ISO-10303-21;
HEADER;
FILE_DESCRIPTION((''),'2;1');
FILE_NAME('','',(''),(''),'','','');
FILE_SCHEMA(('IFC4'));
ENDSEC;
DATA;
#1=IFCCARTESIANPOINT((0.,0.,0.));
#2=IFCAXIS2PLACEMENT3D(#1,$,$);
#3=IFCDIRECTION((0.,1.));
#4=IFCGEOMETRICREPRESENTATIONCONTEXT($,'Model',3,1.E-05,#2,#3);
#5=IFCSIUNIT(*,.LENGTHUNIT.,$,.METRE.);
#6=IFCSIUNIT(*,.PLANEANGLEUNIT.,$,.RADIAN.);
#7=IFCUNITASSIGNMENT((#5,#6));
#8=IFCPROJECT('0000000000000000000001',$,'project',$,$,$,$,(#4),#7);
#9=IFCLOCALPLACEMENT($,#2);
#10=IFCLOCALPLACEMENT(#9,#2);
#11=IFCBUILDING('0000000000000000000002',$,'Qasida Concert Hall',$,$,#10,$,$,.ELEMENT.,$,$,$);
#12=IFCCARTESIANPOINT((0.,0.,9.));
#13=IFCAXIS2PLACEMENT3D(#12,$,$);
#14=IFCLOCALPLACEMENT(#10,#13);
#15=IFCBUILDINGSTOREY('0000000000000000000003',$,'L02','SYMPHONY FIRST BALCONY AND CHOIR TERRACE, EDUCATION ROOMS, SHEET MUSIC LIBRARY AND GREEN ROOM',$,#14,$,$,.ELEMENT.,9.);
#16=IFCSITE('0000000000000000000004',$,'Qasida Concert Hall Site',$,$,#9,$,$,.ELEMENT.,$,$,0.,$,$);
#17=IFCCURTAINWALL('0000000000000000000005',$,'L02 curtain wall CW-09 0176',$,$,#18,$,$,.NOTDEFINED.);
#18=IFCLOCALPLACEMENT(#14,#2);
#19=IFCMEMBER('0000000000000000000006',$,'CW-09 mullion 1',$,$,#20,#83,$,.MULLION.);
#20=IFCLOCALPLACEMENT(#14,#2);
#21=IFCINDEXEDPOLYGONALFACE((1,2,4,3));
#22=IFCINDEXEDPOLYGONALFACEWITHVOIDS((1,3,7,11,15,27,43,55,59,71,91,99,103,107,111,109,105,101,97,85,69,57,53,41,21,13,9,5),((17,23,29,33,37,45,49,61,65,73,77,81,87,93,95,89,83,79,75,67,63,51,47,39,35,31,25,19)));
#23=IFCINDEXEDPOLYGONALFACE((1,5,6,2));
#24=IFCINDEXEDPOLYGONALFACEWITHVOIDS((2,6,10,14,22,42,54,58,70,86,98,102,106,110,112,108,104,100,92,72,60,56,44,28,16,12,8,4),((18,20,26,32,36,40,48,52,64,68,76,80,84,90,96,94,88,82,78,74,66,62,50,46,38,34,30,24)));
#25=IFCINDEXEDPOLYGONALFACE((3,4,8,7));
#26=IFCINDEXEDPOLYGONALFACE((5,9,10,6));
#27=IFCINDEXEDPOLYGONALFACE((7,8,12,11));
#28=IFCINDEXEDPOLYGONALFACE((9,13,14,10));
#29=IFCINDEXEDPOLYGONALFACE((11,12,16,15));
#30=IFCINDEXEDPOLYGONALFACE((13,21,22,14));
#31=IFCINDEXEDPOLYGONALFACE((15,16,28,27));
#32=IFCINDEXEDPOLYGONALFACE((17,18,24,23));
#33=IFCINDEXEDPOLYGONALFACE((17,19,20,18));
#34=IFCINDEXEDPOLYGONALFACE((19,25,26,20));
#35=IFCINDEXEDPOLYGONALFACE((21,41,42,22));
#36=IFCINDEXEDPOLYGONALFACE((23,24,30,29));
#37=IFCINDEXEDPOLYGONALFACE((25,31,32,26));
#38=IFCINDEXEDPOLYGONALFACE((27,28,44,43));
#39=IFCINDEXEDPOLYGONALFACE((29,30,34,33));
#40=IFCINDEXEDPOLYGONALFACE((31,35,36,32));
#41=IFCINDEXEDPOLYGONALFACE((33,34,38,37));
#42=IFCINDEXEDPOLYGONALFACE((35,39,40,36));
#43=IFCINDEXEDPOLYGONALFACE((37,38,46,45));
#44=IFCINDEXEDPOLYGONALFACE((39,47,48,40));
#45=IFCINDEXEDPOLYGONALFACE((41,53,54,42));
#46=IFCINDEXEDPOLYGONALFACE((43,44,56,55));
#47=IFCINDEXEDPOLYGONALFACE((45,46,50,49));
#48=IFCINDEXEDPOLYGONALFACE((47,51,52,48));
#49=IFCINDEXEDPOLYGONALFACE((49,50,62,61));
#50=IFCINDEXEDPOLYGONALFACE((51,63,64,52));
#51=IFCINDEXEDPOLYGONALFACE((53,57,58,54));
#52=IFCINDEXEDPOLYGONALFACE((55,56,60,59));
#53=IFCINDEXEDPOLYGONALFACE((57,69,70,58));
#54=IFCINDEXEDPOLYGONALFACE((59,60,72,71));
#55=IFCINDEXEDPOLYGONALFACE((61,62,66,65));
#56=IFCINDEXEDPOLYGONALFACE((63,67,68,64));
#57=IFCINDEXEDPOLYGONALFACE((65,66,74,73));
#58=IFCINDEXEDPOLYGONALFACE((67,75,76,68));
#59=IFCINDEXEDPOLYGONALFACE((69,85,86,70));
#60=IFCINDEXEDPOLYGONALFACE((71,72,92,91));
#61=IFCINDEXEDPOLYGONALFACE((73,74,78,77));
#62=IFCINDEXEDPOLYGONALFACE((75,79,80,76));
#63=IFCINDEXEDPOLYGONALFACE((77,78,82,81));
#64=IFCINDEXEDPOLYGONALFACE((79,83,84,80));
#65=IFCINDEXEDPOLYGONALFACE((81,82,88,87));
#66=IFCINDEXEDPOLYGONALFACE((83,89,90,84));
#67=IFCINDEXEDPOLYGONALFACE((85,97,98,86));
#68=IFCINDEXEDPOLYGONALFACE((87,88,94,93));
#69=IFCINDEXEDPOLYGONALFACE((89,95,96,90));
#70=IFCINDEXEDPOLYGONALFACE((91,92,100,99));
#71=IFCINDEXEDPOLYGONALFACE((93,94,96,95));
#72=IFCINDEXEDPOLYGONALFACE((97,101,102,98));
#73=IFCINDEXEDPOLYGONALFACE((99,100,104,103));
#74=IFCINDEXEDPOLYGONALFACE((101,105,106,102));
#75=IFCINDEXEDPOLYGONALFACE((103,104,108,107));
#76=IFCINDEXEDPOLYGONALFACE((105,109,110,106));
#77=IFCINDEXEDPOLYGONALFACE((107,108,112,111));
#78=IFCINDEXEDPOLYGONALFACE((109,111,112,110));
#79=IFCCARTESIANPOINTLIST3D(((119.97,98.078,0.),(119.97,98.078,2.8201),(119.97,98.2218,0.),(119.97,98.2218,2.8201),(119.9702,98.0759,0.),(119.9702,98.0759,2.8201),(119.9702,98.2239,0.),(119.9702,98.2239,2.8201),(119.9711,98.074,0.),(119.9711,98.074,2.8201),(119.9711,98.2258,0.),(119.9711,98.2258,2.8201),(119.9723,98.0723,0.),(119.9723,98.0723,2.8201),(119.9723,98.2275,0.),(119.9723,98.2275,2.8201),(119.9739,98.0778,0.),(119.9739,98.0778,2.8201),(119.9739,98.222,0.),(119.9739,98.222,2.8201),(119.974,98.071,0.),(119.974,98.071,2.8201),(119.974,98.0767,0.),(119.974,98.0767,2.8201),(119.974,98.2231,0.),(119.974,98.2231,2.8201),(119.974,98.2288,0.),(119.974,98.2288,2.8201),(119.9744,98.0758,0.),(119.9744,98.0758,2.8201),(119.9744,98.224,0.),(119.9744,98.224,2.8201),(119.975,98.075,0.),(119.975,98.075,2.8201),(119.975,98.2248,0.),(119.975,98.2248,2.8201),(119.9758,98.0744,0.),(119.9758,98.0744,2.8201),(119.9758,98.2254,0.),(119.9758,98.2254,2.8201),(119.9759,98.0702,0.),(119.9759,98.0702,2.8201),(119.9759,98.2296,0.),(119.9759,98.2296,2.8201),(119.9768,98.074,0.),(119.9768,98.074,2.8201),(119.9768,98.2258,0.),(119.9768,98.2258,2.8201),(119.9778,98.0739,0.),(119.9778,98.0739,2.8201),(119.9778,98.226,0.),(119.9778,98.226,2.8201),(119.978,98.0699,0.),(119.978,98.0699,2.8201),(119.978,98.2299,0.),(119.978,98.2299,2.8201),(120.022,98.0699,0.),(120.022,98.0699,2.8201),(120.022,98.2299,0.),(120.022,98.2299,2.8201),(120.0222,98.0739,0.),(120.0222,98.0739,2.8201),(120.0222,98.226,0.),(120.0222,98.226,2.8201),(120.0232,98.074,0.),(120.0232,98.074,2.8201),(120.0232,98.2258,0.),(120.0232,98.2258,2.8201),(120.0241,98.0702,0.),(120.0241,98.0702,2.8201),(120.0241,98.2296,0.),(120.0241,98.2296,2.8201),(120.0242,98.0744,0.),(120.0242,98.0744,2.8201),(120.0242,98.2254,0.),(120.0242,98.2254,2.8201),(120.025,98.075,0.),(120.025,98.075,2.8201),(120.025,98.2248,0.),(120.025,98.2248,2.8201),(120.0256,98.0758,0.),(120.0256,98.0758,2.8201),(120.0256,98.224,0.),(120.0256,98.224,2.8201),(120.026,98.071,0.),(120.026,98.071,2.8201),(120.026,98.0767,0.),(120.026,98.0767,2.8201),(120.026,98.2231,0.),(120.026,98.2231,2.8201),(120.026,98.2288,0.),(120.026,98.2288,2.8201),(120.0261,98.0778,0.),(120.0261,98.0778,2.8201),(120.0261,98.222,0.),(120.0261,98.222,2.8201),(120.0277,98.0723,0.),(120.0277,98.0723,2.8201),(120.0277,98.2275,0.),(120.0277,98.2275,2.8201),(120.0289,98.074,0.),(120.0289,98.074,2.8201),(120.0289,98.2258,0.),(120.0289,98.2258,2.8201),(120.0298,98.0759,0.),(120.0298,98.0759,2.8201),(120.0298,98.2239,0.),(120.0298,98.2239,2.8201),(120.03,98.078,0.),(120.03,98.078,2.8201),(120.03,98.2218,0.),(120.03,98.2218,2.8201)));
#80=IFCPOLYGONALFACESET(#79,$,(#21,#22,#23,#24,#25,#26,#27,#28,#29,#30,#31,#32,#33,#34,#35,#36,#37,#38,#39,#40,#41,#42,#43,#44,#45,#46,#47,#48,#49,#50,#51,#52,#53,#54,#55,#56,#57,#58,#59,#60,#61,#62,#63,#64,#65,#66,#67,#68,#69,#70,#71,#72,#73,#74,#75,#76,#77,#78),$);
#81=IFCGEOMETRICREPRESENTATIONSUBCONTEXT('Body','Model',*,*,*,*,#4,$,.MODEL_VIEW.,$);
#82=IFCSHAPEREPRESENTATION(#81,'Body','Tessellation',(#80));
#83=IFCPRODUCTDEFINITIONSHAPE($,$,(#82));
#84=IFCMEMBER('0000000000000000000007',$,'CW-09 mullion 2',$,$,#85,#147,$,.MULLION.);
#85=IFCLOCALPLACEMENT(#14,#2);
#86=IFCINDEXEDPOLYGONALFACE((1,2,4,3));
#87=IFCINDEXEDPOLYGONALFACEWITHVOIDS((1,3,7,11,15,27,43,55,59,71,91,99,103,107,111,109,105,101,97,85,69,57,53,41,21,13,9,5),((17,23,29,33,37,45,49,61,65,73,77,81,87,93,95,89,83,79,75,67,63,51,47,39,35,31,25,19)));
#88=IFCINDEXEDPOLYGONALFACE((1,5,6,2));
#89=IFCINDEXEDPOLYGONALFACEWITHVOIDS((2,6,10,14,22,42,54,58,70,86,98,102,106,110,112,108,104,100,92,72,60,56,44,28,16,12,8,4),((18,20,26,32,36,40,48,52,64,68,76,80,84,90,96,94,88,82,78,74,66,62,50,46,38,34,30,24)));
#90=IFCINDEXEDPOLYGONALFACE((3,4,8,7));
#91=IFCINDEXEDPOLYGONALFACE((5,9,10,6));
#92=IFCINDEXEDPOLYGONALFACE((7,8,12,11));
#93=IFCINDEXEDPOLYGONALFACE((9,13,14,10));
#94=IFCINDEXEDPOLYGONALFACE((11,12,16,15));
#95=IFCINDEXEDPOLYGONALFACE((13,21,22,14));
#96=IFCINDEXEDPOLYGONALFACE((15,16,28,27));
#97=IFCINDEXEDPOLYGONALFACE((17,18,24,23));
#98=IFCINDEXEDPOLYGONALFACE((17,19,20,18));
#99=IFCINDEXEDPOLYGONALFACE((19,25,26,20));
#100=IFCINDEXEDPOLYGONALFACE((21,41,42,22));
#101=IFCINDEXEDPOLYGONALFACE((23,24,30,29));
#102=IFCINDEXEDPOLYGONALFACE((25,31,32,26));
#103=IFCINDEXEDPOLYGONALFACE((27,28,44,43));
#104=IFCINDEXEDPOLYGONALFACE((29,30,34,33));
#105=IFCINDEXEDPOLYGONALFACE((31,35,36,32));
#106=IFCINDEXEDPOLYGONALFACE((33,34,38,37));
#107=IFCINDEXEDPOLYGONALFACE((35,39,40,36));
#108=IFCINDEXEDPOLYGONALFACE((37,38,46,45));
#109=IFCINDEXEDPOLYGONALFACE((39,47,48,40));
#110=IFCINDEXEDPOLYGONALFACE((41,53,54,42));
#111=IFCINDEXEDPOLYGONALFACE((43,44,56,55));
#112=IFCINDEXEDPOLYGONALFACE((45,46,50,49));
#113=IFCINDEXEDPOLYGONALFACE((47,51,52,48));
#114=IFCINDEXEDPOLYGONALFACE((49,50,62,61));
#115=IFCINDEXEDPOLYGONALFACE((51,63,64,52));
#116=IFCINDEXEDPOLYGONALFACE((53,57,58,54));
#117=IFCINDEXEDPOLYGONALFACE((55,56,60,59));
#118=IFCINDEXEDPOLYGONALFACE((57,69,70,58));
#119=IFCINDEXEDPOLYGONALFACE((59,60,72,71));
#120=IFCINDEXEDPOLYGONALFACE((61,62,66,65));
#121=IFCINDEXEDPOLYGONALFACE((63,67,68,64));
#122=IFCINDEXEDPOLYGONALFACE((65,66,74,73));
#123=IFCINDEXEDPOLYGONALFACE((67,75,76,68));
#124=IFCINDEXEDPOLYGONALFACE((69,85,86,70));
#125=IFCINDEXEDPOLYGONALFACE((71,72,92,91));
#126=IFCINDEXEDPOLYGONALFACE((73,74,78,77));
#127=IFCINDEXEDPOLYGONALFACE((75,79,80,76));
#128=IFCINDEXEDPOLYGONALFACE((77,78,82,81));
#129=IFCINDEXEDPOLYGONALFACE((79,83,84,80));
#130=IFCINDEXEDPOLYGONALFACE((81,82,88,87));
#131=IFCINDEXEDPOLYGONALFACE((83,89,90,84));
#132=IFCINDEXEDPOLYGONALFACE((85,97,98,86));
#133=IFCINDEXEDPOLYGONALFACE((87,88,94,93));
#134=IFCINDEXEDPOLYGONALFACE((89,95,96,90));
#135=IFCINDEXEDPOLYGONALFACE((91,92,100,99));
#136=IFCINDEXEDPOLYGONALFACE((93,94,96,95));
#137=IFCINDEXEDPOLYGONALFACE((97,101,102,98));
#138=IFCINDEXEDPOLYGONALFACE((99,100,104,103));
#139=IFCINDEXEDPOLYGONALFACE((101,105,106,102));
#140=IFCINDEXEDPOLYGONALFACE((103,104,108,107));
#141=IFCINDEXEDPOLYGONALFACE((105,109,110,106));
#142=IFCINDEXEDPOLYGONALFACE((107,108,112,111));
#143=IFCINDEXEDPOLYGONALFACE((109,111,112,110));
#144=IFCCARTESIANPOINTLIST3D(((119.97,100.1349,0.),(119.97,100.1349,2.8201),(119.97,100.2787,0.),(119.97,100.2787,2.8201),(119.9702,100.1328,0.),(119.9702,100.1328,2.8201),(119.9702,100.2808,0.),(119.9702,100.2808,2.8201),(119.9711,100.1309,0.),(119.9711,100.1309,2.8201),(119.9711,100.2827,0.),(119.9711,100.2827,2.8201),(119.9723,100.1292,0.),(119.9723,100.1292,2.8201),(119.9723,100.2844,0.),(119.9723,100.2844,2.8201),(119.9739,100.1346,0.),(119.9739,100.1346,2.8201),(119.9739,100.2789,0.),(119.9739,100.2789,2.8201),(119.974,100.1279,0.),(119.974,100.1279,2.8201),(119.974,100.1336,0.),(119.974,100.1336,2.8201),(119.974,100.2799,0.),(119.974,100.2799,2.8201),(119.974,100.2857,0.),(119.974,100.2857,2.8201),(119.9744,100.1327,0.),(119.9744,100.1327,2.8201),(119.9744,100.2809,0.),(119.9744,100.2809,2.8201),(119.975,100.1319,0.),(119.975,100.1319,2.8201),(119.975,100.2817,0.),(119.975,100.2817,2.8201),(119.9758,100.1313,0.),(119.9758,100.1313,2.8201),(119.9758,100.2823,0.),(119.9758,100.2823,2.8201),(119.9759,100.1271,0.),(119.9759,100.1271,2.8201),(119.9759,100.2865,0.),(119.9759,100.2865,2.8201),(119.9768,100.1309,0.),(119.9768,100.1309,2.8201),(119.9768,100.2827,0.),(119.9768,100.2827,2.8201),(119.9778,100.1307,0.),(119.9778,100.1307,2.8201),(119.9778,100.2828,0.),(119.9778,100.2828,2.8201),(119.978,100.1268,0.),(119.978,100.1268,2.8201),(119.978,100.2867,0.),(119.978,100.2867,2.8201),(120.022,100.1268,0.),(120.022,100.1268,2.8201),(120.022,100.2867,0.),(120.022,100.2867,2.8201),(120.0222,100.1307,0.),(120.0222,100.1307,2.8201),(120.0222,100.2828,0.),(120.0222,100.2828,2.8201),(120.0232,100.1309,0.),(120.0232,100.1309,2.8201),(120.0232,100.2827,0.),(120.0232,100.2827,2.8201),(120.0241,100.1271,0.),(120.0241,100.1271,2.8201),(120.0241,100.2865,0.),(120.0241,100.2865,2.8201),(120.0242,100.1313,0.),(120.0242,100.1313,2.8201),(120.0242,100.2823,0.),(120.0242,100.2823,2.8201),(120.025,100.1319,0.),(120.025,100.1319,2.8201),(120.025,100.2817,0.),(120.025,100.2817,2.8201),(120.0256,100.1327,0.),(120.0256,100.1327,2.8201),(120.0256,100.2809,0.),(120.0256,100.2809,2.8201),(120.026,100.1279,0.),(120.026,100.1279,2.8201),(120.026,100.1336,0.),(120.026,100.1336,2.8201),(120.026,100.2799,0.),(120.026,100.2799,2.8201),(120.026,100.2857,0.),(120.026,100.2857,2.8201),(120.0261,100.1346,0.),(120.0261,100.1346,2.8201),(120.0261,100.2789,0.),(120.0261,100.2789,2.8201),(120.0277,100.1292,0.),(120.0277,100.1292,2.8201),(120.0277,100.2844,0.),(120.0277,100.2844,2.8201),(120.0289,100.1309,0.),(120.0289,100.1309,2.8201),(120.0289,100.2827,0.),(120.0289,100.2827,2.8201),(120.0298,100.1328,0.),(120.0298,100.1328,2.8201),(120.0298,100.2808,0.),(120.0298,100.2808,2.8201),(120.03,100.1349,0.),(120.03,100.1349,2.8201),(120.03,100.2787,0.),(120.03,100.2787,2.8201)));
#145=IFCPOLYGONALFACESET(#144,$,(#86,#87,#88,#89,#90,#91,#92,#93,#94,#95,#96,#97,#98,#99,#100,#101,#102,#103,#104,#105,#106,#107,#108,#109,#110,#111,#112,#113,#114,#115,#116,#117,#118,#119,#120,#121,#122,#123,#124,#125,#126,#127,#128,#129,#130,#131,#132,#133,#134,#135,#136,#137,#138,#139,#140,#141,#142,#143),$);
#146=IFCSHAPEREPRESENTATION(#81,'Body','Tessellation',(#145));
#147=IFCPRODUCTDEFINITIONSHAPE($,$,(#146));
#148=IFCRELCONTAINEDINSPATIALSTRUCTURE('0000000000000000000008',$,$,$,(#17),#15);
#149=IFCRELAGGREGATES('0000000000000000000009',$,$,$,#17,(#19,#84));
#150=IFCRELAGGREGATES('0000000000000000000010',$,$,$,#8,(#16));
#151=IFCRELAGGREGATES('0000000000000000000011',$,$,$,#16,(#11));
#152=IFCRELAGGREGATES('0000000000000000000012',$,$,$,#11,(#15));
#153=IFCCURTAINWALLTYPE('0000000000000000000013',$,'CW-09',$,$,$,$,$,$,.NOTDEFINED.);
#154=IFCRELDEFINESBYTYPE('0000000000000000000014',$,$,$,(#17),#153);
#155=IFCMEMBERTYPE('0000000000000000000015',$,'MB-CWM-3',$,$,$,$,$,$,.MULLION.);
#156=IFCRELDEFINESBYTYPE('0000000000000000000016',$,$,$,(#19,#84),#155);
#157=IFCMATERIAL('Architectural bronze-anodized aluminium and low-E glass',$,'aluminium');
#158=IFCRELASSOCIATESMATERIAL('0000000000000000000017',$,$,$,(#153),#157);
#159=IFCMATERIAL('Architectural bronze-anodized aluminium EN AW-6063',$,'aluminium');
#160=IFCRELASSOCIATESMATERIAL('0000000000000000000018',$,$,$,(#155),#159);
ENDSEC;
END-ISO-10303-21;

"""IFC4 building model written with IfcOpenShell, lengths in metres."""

from ifc_helpers import new_model, si_unit, direction, frame, origin, origin_2d, place, context, subcontext, project, spatial, hollow_rectangle, extrude, material, material_profile, profile_set, type_object, element, aggregate, save


model = new_model("IFC4")

# Units and contexts
model_context = context("Model", 3, precision=1e-05, world=origin(), true_north=direction((0.0, 1.0)))
body_context = subcontext(model_context, "Body", "Model", "MODEL_VIEW")
ifc_project = project(units=[si_unit("LENGTHUNIT", "METRE"), si_unit("PLANEANGLEUNIT", "RADIAN")], contexts=[model_context])

# Site, building, storey
site_placement = place(None, origin())
site = spatial("IfcSite", under=ifc_project, at=site_placement, Name="Qasida Concert Hall Site", CompositionType="ELEMENT", RefElevation=0.0)
building_placement = place(site_placement, origin())
building = spatial("IfcBuilding", under=site, at=building_placement, Name="Qasida Concert Hall", CompositionType="ELEMENT")
storey_placement = place(building_placement, frame((0.0, 0.0, 9.0)))
storey = spatial("IfcBuildingStorey", under=building, at=storey_placement, Name="L02", Description="SYMPHONY FIRST BALCONY AND CHOIR TERRACE, EDUCATION ROOMS, SHEET MUSIC LIBRARY AND GREEN ROOM", CompositionType="ELEMENT", Elevation=9.0)

# Shared definitions
ifc_material_1 = material(Name="Architectural bronze-anodized aluminium and low-E glass", Category="aluminium")
curtain_wall_type = type_object("IfcCurtainWallType", Name="CW-09", PredefinedType="NOTDEFINED", material=ifc_material_1)
ifc_material_2 = material(Name="Architectural bronze-anodized aluminium EN AW-6063", Category="aluminium")
ifc_material_profile_1 = material_profile(ifc_material_2, hollow_rectangle(XDim=0.0601, YDim=0.1599, WallThickness=0.0039, InnerFilletRadius=0.0039, OuterFilletRadius=0.0081, at=origin_2d()), Name="CWM 160x60x4")
ifc_profile_set_1 = profile_set([ifc_material_profile_1], Name="Architectural bronze-anodized aluminium EN AW-6063")
member_type_1 = type_object("IfcMemberType", Name="MB-CWM-3", PredefinedType="MULLION", material=ifc_profile_set_1)

# Curtain wall, members
curtain_wall_1_placement = place(storey_placement, origin())
curtain_wall_1 = element("IfcCurtainWall", 1, at=curtain_wall_1_placement, inside=storey, type_object=curtain_wall_type, Name="L02 curtain wall CW-09 0176", PredefinedType="NOTDEFINED")
member_1_placement = place(storey_placement, frame((120.0, 98.1499, 0.0), z_axis=(0.0, 0.0, 1.0), x_axis=(-1.0, 0.0, 0.0)))
member_1 = element("IfcMember", 2, at=member_1_placement, type_object=member_type_1, Name="CW-09 mullion 1", PredefinedType="MULLION", context=body_context, shape_type="SweptSolid", body=[
    extrude(hollow_rectangle(XDim=0.0601, YDim=0.1599, WallThickness=0.0039, InnerFilletRadius=0.0039, OuterFilletRadius=0.0081, at=origin_2d()), origin(), (0.0, 0.0, 1.0), 2.8201),
])
member_2_placement = place(storey_placement, frame((120.0, 100.2068, 0.0), z_axis=(0.0, 0.0, 1.0), x_axis=(-1.0, 0.0, 0.0)))
member_2 = element("IfcMember", 3, at=member_2_placement, type_object=member_type_1, Name="CW-09 mullion 2", PredefinedType="MULLION", context=body_context, shape_type="SweptSolid", body=[
    extrude(hollow_rectangle(XDim=0.0601, YDim=0.1599, WallThickness=0.0039, InnerFilletRadius=0.0039, OuterFilletRadius=0.0081, at=origin_2d()), origin(), (0.0, 0.0, 1.0), 2.8201),
])

aggregate(curtain_wall_1, [member_1, member_2])

save(model, "model.ifc")
